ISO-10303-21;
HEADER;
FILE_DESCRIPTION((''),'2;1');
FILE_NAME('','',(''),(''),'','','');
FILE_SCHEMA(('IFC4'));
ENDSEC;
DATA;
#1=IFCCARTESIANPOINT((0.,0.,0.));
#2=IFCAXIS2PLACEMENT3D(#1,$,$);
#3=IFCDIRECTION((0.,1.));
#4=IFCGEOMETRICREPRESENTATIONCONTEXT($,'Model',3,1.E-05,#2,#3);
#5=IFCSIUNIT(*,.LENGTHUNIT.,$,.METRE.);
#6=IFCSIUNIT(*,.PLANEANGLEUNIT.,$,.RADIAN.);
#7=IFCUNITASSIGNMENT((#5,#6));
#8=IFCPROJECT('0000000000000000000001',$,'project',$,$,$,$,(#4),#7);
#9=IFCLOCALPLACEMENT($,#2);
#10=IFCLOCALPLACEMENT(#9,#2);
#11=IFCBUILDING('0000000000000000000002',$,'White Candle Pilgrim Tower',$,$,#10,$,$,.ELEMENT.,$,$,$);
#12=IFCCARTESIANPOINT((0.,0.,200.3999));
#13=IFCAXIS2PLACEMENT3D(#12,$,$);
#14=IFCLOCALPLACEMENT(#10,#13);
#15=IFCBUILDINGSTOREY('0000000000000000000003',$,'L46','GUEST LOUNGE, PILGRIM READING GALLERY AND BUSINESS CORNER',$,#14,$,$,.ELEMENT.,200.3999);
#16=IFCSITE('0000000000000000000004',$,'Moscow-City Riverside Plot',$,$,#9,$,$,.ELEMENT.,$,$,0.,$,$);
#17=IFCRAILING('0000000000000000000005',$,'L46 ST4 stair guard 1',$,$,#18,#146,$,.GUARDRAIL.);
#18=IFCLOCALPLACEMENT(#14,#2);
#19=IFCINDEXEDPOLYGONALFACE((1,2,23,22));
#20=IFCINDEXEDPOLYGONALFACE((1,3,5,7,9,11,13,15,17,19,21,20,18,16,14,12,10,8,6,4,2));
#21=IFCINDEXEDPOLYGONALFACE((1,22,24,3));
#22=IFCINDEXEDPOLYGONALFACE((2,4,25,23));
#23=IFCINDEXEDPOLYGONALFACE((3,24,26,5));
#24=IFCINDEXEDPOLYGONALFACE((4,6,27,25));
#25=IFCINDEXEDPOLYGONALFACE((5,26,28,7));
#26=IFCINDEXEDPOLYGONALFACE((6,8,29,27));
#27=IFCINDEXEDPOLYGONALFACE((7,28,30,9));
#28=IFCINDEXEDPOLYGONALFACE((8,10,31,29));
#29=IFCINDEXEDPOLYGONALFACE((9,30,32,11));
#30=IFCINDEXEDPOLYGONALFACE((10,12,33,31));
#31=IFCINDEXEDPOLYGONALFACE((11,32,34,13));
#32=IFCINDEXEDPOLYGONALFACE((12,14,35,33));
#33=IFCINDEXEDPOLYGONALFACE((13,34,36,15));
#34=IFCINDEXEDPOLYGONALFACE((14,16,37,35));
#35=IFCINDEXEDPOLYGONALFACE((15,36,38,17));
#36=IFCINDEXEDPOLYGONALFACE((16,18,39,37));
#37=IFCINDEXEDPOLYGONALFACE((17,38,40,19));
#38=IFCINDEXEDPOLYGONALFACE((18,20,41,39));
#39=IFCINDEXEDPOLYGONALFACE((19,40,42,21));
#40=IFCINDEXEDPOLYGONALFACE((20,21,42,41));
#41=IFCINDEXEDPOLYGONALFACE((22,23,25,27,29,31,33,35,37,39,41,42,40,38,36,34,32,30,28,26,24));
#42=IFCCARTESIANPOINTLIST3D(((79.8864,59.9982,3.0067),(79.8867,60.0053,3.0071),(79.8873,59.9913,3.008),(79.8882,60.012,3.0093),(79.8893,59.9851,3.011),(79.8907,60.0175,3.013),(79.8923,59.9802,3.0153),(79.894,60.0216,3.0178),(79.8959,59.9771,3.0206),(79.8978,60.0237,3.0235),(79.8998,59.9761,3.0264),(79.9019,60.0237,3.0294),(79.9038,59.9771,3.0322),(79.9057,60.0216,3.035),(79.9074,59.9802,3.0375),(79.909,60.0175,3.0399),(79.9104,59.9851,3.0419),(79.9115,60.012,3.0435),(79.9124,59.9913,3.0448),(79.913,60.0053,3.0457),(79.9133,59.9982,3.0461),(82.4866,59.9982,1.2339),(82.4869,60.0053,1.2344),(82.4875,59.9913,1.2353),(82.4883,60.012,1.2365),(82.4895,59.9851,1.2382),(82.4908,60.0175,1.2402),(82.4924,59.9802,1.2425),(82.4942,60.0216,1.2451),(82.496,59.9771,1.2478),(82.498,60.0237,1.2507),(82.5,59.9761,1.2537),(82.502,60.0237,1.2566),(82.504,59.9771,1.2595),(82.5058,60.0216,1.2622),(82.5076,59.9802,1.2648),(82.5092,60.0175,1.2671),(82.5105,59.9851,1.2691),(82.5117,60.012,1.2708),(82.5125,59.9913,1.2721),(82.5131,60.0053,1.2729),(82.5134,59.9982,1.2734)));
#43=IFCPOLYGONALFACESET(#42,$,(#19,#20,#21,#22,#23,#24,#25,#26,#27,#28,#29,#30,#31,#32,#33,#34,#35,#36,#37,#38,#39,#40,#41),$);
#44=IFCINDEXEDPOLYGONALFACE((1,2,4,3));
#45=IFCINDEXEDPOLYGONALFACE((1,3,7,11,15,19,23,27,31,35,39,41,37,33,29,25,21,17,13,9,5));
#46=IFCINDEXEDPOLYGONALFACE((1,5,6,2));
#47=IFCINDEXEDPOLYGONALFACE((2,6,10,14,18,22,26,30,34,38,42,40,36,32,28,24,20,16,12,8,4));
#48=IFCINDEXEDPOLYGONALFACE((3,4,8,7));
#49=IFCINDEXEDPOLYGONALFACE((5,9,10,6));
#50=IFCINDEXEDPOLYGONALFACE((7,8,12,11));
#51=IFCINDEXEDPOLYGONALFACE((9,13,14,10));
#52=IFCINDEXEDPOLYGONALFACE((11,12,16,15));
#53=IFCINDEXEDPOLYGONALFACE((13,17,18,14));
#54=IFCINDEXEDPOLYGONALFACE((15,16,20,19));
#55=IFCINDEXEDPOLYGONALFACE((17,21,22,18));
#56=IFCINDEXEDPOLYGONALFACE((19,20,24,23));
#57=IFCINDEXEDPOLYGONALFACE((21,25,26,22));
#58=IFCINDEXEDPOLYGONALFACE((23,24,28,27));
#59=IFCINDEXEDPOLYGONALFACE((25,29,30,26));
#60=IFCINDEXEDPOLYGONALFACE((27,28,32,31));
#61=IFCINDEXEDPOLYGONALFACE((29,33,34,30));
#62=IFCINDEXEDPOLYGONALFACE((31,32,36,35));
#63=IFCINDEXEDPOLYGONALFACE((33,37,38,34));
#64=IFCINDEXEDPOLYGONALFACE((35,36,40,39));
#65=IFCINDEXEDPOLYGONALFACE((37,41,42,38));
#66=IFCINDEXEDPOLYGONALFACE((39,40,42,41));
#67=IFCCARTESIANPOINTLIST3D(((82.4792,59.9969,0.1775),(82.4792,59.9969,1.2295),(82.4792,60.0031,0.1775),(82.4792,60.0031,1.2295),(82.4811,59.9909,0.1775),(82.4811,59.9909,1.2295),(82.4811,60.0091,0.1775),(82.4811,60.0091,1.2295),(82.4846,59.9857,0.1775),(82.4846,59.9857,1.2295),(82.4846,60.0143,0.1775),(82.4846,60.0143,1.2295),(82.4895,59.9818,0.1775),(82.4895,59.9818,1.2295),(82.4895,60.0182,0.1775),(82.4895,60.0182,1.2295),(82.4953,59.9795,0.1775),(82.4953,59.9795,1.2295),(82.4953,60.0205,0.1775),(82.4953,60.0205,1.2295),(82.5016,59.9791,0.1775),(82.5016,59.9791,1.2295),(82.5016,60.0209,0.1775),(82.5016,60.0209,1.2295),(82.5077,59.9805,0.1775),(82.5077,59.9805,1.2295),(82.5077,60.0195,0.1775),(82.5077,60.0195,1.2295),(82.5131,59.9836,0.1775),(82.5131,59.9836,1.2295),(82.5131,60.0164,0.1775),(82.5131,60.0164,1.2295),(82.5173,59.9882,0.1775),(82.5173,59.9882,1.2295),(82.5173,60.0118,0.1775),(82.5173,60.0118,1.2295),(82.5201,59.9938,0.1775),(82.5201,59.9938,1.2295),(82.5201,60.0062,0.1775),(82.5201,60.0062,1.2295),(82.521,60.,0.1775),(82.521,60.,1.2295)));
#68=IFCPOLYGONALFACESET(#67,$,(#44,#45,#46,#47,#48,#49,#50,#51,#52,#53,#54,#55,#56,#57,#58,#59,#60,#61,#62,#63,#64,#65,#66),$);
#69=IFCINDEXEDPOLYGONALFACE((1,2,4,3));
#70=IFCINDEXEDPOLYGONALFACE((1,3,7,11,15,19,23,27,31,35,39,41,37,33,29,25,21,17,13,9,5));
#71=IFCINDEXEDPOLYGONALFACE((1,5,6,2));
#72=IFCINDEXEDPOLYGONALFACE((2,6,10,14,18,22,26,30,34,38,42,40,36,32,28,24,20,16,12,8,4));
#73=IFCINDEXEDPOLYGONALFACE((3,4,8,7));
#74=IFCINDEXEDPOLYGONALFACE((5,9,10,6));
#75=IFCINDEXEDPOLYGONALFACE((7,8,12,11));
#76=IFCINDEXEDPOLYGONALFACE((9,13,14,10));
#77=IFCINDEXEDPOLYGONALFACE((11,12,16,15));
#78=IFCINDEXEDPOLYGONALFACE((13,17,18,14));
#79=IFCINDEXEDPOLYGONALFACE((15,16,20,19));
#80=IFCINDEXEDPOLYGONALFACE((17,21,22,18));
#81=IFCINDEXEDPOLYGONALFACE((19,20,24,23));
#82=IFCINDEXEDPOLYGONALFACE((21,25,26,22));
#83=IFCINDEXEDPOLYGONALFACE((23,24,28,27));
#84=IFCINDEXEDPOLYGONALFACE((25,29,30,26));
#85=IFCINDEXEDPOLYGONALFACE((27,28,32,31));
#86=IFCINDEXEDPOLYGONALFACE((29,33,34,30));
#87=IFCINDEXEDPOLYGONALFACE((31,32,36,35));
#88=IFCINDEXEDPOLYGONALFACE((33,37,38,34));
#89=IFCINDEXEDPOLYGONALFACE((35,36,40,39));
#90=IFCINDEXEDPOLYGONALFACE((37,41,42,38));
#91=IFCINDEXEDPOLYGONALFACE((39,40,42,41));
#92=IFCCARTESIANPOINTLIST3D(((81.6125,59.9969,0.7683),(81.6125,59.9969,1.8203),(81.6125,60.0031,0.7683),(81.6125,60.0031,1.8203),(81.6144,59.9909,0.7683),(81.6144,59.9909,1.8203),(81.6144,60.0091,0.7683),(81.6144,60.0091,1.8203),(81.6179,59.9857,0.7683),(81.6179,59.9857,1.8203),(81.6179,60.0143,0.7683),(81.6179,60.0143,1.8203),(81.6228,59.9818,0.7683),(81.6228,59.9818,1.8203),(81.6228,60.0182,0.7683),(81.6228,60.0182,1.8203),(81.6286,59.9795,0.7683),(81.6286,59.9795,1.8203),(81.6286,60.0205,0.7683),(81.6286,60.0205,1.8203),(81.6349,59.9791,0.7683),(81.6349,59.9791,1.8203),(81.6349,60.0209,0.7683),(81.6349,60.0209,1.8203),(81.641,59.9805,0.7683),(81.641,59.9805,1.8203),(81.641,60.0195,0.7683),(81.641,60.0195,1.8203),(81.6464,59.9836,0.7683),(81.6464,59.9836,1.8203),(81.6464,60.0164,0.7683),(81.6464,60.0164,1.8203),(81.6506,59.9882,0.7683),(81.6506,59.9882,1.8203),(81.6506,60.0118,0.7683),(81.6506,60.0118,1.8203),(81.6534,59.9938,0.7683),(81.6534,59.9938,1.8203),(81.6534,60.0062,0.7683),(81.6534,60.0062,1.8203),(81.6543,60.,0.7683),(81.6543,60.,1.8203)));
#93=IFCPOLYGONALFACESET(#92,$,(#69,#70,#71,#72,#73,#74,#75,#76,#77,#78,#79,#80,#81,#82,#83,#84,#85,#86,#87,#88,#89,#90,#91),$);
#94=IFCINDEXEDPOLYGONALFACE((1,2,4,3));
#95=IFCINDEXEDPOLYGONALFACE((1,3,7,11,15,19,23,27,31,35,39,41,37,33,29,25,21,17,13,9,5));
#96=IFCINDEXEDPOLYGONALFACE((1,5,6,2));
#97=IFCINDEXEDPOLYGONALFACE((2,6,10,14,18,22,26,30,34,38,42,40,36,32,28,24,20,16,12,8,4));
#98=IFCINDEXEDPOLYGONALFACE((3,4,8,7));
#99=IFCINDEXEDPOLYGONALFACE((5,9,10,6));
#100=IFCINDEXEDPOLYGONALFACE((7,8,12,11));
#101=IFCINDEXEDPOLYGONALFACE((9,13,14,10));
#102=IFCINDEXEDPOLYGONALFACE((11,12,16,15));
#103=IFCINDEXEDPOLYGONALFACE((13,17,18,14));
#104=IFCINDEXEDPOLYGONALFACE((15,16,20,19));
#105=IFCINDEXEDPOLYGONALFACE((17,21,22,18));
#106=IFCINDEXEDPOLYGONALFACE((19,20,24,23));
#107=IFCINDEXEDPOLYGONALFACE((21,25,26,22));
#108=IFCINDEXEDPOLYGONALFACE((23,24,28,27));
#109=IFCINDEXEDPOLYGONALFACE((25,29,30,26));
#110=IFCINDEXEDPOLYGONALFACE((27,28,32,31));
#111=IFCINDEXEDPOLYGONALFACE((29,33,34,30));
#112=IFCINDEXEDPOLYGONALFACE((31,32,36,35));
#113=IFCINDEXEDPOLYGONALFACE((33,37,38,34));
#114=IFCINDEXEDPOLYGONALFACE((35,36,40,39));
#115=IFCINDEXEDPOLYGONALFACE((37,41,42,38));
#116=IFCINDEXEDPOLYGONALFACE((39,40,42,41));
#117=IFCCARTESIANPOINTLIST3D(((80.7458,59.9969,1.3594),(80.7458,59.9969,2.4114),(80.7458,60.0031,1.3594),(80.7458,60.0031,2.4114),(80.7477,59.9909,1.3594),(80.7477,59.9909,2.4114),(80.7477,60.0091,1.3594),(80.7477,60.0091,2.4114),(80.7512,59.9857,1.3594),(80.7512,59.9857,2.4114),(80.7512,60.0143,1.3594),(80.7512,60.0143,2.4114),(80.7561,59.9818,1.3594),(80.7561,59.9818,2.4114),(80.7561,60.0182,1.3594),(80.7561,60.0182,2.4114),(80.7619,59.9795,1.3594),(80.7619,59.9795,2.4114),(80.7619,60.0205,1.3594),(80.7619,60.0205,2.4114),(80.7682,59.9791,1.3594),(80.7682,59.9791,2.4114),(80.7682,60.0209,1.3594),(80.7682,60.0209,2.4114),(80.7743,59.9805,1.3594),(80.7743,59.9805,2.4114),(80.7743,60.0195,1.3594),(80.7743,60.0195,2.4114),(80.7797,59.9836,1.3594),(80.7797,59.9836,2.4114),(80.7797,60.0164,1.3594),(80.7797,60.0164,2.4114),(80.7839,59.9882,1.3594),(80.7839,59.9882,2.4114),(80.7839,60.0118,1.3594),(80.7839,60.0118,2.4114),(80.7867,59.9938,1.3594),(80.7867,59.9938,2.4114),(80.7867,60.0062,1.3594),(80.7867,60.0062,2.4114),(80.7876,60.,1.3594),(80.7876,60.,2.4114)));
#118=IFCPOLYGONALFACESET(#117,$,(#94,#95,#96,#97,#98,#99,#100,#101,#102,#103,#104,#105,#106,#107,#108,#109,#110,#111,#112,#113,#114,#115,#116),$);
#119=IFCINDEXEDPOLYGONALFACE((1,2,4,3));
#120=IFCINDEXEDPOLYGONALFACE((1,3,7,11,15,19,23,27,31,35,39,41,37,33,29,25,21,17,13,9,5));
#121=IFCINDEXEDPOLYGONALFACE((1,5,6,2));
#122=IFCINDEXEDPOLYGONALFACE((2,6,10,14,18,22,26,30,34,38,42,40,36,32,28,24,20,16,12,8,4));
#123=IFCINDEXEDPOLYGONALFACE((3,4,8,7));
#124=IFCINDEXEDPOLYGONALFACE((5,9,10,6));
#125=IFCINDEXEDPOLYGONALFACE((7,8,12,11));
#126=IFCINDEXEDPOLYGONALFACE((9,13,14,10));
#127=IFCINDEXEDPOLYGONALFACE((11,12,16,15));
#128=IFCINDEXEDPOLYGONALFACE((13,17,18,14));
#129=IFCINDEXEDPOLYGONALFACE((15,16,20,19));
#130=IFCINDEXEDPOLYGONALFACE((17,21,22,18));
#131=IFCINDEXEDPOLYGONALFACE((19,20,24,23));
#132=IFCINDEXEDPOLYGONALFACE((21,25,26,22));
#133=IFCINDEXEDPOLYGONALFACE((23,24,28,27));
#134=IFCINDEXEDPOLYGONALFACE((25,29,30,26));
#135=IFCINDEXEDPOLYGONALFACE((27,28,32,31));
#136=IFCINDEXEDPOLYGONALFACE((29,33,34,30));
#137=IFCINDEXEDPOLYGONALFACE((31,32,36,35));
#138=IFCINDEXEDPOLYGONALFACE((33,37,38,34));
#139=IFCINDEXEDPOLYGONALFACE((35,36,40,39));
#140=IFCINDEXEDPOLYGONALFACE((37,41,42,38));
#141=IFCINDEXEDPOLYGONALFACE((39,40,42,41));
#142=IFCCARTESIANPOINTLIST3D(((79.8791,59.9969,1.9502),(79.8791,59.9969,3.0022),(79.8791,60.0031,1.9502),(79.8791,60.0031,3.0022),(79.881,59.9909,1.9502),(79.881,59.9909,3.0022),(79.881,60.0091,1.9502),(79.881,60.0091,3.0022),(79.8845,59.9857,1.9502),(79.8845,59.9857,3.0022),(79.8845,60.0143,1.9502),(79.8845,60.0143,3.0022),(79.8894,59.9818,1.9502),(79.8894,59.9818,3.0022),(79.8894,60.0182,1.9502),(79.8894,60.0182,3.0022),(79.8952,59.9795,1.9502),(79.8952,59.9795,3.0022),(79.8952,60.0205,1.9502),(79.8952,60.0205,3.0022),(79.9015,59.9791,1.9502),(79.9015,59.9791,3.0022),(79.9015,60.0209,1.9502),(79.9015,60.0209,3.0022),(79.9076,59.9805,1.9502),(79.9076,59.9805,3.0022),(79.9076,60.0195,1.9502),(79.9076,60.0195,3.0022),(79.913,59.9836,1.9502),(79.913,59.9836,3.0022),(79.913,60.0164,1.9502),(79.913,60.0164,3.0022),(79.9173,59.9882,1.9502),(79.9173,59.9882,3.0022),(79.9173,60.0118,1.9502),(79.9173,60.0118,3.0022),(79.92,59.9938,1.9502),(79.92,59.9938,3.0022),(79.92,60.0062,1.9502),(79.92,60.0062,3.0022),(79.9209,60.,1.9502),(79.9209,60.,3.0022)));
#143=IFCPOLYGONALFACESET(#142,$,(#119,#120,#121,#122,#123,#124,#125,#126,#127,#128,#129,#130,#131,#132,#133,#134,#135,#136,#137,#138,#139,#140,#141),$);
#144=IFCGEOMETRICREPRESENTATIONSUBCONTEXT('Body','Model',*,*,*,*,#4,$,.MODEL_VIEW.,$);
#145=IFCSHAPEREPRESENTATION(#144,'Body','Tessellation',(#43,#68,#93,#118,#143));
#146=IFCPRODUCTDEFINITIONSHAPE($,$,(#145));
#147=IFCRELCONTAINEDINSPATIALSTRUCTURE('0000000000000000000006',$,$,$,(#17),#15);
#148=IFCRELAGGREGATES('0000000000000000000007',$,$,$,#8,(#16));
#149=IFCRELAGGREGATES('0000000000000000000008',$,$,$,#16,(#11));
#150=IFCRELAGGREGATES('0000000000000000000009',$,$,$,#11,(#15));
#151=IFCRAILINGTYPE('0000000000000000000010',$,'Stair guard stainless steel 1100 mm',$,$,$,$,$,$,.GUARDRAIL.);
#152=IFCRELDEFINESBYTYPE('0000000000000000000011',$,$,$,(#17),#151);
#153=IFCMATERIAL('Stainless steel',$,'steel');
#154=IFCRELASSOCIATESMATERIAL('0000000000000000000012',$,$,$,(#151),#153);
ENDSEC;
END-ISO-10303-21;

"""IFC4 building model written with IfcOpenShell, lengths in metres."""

from ifc_helpers import new_model, si_unit, direction, frame, origin, origin_2d, place, context, subcontext, project, spatial, circle, extrude, material, type_object, element, save


model = new_model("IFC4")

# Units and contexts
model_context = context("Model", 3, precision=1e-05, world=origin(), true_north=direction((0.0, 1.0)))
body_context = subcontext(model_context, "Body", "Model", "MODEL_VIEW")
ifc_project = project(units=[si_unit("LENGTHUNIT", "METRE"), si_unit("PLANEANGLEUNIT", "RADIAN")], contexts=[model_context])

# Site, building, storey
site_placement = place(None, origin())
site = spatial("IfcSite", under=ifc_project, at=site_placement, Name="Moscow-City Riverside Plot", CompositionType="ELEMENT", RefElevation=0.0)
building_placement = place(site_placement, origin())
building = spatial("IfcBuilding", under=site, at=building_placement, Name="White Candle Pilgrim Tower", CompositionType="ELEMENT")
storey_placement = place(building_placement, frame((0.0, 0.0, 200.3999)))
storey = spatial("IfcBuildingStorey", under=building, at=storey_placement, Name="L46", Description="GUEST LOUNGE, PILGRIM READING GALLERY AND BUSINESS CORNER", CompositionType="ELEMENT", Elevation=200.3999)

# Railing
ifc_material_1 = material(Name="Stainless steel", Category="steel")
railing_type_1 = type_object("IfcRailingType", Name="Stair guard stainless steel 1100 mm", PredefinedType="GUARDRAIL", material=ifc_material_1)
railing_1_placement = place(storey_placement, frame((82.5, 60.0, 0.1775)))
element("IfcRailing", 1, at=railing_1_placement, inside=storey, type_object=railing_type_1, Name="L46 ST4 stair guard 1", PredefinedType="GUARDRAIL", context=body_context, shape_type="SweptSolid", body=[
    extrude(circle(Radius=0.0239, at=origin_2d()), frame((0.0, 0.0, 1.0762), z_axis=(-0.82624, 0.0, 0.563318), x_axis=(0.0, -1.0, 0.0)), (0.0, 0.0, 1.0), 3.147),
    extrude(circle(Radius=0.021, at=origin_2d()), origin(), (0.0, 0.0, 1.0), 1.052),
    extrude(circle(Radius=0.021, at=origin_2d()), frame((-0.8667, 0.0, 0.5908)), (0.0, 0.0, 1.0), 1.052),
    extrude(circle(Radius=0.021, at=origin_2d()), frame((-1.7334, 0.0, 1.1819)), (0.0, 0.0, 1.0), 1.052),
    extrude(circle(Radius=0.021, at=origin_2d()), frame((-2.6001, 0.0, 1.7727)), (0.0, 0.0, 1.0), 1.052),
])

save(model, "model.ifc")
